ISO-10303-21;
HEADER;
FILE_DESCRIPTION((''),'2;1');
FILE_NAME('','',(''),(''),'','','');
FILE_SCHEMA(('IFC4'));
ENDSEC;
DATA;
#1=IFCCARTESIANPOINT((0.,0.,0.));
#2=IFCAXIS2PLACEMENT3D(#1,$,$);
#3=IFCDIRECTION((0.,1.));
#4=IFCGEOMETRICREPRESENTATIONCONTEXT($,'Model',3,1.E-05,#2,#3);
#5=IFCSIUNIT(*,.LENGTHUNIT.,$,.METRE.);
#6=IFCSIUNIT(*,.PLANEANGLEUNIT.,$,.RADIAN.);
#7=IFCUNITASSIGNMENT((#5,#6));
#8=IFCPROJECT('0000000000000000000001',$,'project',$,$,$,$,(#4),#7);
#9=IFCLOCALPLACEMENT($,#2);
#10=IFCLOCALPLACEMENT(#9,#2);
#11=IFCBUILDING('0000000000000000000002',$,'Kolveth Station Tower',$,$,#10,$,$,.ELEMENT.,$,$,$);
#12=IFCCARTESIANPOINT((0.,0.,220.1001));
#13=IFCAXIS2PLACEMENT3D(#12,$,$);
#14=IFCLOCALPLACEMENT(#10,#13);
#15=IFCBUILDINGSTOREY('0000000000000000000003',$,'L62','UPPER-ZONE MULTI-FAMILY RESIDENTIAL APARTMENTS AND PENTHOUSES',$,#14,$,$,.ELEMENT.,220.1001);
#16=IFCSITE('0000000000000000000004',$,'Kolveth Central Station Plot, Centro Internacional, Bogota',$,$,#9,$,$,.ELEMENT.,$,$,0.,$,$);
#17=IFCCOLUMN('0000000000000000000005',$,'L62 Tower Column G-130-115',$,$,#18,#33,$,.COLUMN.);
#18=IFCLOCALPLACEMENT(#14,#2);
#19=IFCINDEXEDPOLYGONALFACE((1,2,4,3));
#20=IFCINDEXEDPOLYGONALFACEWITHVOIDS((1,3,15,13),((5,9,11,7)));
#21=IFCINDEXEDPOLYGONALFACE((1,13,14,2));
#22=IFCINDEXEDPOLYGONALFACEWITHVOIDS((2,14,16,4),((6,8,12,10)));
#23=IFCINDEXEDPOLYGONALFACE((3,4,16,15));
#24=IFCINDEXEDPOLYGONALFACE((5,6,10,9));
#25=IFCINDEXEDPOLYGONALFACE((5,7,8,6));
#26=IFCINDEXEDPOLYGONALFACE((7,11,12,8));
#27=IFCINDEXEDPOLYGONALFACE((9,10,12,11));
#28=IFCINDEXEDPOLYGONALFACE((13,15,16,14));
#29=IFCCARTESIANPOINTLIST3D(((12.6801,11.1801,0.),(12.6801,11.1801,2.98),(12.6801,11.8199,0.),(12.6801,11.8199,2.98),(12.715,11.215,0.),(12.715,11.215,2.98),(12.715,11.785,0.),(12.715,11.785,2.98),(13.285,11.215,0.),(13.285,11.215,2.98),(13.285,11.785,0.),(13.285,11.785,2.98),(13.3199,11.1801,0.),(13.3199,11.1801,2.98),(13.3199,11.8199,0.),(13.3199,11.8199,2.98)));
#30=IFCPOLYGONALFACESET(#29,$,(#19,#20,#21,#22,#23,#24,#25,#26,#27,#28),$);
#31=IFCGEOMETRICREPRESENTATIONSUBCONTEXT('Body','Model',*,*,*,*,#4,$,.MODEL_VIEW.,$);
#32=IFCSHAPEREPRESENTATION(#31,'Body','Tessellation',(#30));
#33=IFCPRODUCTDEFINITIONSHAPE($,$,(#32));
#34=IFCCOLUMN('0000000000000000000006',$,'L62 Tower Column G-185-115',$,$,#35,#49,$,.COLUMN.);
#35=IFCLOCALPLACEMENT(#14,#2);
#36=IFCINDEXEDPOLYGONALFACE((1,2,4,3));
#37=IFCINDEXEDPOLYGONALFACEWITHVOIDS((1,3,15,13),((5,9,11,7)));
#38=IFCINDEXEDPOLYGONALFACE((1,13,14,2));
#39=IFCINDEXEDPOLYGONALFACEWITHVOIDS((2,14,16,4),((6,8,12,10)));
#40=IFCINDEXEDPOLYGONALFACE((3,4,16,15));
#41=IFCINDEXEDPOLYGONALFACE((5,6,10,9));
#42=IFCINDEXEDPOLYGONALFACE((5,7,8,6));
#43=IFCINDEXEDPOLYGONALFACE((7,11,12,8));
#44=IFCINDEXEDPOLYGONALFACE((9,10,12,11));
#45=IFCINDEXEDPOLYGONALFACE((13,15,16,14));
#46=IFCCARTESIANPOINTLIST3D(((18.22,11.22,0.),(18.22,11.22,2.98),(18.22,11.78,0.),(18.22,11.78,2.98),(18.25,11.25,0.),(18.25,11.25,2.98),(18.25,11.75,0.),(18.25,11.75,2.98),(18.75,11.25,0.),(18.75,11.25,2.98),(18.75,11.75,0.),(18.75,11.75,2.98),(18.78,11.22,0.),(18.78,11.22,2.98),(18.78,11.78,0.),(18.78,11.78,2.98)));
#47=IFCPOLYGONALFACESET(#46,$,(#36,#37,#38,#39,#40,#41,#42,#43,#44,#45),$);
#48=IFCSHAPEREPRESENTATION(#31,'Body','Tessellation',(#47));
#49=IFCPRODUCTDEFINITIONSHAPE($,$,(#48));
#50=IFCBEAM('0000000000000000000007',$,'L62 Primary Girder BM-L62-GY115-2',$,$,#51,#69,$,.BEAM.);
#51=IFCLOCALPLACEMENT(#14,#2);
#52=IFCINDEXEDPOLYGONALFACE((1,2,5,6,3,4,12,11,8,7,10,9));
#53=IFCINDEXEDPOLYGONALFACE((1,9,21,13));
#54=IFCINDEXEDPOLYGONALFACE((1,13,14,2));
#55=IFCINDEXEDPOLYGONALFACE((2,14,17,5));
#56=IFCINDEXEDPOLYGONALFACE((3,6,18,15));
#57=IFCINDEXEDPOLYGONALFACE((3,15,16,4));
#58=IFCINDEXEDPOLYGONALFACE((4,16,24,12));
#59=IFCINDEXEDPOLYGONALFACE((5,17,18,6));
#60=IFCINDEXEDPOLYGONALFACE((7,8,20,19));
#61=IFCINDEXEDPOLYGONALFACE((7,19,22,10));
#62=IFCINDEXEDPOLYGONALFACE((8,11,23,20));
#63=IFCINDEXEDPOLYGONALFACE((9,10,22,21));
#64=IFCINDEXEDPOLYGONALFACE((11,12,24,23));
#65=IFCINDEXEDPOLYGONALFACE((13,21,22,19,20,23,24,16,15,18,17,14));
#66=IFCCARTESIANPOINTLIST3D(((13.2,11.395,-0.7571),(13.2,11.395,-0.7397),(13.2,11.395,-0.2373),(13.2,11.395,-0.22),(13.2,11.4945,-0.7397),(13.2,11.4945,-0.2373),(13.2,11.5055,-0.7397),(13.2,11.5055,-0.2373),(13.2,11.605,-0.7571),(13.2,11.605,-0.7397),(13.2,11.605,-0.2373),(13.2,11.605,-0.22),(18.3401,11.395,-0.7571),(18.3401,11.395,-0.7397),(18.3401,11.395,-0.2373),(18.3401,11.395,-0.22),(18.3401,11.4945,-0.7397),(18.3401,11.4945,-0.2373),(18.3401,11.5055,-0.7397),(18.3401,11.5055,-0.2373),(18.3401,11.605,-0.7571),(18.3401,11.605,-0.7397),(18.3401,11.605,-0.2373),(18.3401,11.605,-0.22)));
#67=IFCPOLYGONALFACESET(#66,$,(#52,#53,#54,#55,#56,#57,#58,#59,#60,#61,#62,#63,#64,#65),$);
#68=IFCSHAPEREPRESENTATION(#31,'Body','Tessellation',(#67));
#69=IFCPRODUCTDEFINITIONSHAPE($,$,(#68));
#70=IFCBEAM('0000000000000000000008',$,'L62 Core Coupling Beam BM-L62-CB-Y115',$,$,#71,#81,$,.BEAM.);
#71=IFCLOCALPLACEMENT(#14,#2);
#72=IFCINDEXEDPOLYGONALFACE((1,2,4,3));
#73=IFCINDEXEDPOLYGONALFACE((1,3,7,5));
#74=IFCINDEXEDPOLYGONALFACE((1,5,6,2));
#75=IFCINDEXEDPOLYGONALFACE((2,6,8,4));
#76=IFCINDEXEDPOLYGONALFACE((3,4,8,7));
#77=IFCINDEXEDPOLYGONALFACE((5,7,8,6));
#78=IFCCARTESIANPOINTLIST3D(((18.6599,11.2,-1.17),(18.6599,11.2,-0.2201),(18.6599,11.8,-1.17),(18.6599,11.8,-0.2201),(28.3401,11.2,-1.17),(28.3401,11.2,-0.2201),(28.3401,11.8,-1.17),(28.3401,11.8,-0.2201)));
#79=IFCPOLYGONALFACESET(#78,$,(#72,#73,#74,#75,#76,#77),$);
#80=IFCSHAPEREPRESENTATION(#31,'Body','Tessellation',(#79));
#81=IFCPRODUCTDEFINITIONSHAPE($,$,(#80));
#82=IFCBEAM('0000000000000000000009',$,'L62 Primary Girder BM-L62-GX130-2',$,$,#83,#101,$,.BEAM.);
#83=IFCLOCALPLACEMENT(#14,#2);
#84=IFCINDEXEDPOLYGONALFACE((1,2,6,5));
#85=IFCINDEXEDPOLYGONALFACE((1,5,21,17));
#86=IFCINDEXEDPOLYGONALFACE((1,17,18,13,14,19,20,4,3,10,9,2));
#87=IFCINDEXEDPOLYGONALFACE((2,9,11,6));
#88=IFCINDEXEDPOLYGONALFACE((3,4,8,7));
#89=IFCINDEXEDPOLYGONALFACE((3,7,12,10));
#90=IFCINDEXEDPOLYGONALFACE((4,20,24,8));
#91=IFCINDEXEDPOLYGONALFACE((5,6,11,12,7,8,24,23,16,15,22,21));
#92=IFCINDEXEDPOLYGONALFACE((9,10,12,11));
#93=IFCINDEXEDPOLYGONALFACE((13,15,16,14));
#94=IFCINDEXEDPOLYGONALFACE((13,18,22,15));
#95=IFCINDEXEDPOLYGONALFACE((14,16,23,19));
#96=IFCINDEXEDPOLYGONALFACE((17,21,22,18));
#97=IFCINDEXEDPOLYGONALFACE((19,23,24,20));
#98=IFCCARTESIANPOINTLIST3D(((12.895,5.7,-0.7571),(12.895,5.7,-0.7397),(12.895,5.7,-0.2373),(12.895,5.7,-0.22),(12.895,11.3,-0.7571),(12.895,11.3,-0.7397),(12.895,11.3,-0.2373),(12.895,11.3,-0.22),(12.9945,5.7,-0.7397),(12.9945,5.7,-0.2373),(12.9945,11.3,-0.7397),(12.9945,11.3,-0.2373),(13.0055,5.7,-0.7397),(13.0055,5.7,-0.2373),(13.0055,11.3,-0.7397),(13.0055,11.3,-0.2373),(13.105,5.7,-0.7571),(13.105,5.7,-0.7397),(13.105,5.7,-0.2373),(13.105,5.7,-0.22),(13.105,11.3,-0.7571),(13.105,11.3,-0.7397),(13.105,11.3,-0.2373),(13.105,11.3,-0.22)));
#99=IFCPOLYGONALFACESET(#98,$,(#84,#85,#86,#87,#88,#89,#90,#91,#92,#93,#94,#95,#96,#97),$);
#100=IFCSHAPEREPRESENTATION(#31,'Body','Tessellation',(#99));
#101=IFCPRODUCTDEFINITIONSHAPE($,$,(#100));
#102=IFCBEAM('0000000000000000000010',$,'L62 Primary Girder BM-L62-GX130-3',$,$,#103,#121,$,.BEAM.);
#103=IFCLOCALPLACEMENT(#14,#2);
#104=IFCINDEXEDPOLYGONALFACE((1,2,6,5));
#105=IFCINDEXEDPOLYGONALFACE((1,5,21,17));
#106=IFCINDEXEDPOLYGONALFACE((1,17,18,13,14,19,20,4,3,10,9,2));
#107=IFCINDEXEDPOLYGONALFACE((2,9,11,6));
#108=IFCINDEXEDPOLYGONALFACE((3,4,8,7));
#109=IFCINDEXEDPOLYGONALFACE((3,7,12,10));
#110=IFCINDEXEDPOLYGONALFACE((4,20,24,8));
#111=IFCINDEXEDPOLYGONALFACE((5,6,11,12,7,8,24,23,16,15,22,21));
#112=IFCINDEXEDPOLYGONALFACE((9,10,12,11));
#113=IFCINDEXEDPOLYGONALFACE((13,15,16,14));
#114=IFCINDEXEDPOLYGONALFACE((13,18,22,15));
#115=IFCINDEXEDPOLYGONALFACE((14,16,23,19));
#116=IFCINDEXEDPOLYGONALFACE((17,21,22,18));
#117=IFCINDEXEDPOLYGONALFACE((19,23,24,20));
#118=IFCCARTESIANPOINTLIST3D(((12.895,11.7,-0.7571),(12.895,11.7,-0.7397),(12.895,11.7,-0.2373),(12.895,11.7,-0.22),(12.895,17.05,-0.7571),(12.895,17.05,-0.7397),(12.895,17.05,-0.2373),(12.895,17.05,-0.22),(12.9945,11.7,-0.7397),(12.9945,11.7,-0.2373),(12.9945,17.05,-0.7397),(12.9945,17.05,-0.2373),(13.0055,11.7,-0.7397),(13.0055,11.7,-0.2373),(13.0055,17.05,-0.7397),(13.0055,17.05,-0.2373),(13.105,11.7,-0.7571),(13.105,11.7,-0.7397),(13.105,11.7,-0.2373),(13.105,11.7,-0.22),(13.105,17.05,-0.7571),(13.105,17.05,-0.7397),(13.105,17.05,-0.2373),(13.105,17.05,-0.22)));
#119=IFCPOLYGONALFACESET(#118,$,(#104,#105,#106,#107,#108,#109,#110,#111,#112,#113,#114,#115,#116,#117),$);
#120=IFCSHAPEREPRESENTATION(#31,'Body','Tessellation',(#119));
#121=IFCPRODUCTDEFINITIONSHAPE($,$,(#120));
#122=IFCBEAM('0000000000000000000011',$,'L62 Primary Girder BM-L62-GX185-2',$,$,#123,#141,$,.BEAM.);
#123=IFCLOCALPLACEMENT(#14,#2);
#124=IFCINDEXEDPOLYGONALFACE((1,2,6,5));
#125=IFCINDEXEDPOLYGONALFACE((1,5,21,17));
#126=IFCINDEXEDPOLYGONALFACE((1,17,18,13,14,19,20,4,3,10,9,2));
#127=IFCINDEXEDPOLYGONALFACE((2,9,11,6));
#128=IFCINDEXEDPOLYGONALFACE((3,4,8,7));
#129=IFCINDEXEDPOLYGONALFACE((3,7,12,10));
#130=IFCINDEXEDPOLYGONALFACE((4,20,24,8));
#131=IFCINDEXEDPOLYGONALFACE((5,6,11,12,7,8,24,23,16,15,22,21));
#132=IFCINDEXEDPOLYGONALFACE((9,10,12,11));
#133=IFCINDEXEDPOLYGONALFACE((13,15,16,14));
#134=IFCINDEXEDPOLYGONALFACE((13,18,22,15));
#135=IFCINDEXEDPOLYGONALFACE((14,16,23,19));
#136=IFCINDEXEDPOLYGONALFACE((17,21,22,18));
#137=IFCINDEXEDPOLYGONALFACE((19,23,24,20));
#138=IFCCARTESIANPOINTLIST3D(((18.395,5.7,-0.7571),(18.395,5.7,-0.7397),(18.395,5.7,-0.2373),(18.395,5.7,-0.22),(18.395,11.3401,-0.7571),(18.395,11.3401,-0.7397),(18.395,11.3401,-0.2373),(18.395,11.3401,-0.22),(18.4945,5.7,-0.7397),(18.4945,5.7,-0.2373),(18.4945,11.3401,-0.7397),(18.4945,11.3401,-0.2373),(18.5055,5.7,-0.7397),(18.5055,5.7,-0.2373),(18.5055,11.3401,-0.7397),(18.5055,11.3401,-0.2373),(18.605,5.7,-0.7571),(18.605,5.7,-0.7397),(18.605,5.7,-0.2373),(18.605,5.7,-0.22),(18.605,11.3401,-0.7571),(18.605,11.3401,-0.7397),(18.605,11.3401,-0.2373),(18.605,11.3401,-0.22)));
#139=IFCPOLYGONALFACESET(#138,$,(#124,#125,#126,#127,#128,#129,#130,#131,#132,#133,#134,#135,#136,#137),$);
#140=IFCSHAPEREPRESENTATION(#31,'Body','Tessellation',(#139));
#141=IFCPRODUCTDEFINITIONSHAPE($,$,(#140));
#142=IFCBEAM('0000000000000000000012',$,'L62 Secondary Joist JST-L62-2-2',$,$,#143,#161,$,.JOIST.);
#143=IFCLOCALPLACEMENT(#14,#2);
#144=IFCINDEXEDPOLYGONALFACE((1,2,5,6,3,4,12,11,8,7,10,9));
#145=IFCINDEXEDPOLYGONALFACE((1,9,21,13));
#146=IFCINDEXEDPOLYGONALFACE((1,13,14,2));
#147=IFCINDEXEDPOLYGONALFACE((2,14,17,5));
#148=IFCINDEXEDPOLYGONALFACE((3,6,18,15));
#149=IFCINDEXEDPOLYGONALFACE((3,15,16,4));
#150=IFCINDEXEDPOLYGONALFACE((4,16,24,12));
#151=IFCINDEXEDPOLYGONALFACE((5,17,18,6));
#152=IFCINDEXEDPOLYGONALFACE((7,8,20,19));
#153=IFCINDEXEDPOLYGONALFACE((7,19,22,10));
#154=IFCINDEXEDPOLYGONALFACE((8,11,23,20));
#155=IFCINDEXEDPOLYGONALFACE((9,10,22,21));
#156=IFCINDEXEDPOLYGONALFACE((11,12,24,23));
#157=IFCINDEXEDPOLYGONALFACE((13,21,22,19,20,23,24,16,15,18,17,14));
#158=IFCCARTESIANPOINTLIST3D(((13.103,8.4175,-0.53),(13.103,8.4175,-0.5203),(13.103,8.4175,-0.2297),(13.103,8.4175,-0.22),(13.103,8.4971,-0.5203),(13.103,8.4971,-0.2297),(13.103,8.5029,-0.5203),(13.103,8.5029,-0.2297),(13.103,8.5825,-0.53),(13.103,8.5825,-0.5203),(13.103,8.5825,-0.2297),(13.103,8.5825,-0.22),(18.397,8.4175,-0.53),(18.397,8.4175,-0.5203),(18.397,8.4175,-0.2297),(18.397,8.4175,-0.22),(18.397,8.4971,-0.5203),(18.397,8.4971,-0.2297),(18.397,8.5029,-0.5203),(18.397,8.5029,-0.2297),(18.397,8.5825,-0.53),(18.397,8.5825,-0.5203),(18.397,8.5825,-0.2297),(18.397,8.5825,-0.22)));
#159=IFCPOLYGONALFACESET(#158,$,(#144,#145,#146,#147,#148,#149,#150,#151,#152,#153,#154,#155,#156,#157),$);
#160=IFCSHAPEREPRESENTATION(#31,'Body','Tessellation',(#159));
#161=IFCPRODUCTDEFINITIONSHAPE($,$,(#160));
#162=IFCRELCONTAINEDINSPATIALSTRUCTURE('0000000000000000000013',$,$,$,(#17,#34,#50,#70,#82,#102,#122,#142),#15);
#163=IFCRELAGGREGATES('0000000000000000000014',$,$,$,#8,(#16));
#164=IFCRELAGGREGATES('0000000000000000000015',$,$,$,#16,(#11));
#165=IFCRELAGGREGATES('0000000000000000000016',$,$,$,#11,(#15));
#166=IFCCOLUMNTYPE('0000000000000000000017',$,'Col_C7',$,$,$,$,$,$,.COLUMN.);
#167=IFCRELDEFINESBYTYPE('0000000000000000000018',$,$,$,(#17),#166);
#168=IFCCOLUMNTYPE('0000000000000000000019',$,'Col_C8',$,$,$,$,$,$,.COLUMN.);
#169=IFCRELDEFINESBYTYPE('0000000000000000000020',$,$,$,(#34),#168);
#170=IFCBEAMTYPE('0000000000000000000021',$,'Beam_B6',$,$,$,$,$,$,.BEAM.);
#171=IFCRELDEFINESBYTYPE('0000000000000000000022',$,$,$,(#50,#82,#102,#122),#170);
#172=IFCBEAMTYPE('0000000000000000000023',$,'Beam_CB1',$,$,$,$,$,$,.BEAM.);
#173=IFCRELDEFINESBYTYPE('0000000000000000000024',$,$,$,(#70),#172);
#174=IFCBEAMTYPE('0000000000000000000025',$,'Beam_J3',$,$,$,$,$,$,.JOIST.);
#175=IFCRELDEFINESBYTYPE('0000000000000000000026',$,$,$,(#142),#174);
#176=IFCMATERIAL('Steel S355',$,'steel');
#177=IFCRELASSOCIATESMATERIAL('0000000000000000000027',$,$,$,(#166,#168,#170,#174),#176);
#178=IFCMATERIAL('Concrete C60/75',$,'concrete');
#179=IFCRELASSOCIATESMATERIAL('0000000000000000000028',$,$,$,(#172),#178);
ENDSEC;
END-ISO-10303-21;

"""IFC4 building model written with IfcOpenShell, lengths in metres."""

from ifc_helpers import new_model, si_unit, direction, frame, origin, origin_2d, place, context, subcontext, project, spatial, rectangle, hollow_rectangle, i_section, extrude, source, transform, mapped, material, material_profile, profile_set, type_object, element, save


model = new_model("IFC4")

# Units and contexts
model_context = context("Model", 3, precision=1e-05, world=origin(), true_north=direction((0.0, 1.0)))
body_context = subcontext(model_context, "Body", "Model", "MODEL_VIEW")
ifc_project = project(units=[si_unit("LENGTHUNIT", "METRE"), si_unit("PLANEANGLEUNIT", "RADIAN")], contexts=[model_context])

# Site, building, storey
site_placement = place(None, origin())
site = spatial("IfcSite", under=ifc_project, at=site_placement, Name="Kolveth Central Station Plot, Centro Internacional, Bogota", CompositionType="ELEMENT", RefElevation=0.0)
building_placement = place(site_placement, origin())
building = spatial("IfcBuilding", under=site, at=building_placement, Name="Kolveth Station Tower", CompositionType="ELEMENT")
storey_placement = place(building_placement, frame((0.0, 0.0, 220.1001)))
storey = spatial("IfcBuildingStorey", under=building, at=storey_placement, Name="L62", Description="UPPER-ZONE MULTI-FAMILY RESIDENTIAL APARTMENTS AND PENTHOUSES", CompositionType="ELEMENT", Elevation=220.1001)

# Columns
ifc_material_1 = material(Name="Steel S355", Category="steel")
ifc_material_profile_1 = material_profile(ifc_material_1, hollow_rectangle(XDim=0.6399, YDim=0.6399, WallThickness=0.0349, at=origin_2d()), Name="BOX640x640x35")
ifc_profile_set_1 = profile_set([ifc_material_profile_1], Name="Steel S355")
column_type_1 = type_object("IfcColumnType", Name="Col_C7", PredefinedType="COLUMN", material=ifc_profile_set_1)
shared_shape_1 = source(origin(), body_context, "Body", "SweptSolid", [
    extrude(hollow_rectangle(XDim=0.6399, YDim=0.6399, WallThickness=0.0349, at=origin_2d()), origin(), (0.0, 0.0, 1.0), 2.98),
])
column_1_placement = place(storey_placement, frame((13.0, 11.5, 0.0), z_axis=(0.0, 0.0, 1.0), x_axis=(1.0, 0.0, 0.0)))
element("IfcColumn", 1, at=column_1_placement, inside=storey, type_object=column_type_1, Name="L62 Tower Column G-130-115", PredefinedType="COLUMN", context=body_context, shape_type="MappedRepresentation", body=[
    mapped(shared_shape_1, transform((0.0, 0.0, 0.0), x_axis=(1.0, 0.0, 0.0), y_axis=(0.0, 1.0, 0.0), z_axis=(0.0, 0.0, 1.0), scale=1.0)),
])
ifc_material_profile_2 = material_profile(ifc_material_1, hollow_rectangle(XDim=0.5601, YDim=0.5601, WallThickness=0.03, at=origin_2d()), Name="BOX560x560x30")
ifc_profile_set_2 = profile_set([ifc_material_profile_2], Name="Steel S355")
column_type_2 = type_object("IfcColumnType", Name="Col_C8", PredefinedType="COLUMN", material=ifc_profile_set_2)
shared_shape_2 = source(origin(), body_context, "Body", "SweptSolid", [
    extrude(hollow_rectangle(XDim=0.5601, YDim=0.5601, WallThickness=0.03, at=origin_2d()), origin(), (0.0, 0.0, 1.0), 2.98),
])
column_2_placement = place(storey_placement, frame((18.5, 11.5, 0.0), z_axis=(0.0, 0.0, 1.0), x_axis=(1.0, 0.0, 0.0)))
element("IfcColumn", 2, at=column_2_placement, inside=storey, type_object=column_type_2, Name="L62 Tower Column G-185-115", PredefinedType="COLUMN", context=body_context, shape_type="MappedRepresentation", body=[
    mapped(shared_shape_2, transform((0.0, 0.0, 0.0), x_axis=(1.0, 0.0, 0.0), y_axis=(0.0, 1.0, 0.0), z_axis=(0.0, 0.0, 1.0), scale=1.0)),
])

# Beams
ifc_material_profile_3 = material_profile(ifc_material_1, i_section(OverallWidth=0.21, OverallDepth=0.5371, WebThickness=0.011, FlangeThickness=0.0173, at=origin_2d()), Name="W530x101")
ifc_profile_set_3 = profile_set([ifc_material_profile_3], Name="Steel S355")
beam_type_1 = type_object("IfcBeamType", Name="Beam_B6", PredefinedType="BEAM", material=ifc_profile_set_3)
shared_shape_3 = source(origin(), body_context, "Body", "SweptSolid", [
    extrude(i_section(OverallWidth=0.21, OverallDepth=0.5371, WebThickness=0.011, FlangeThickness=0.0173, at=origin_2d()), origin(), (0.0, 0.0, 1.0), 5.1401),
])
beam_1_placement = place(storey_placement, frame((13.2, 11.5, -0.4885), z_axis=(1.0, 0.0, 0.0), x_axis=(0.0, 1.0, 0.0)))
element("IfcBeam", 3, at=beam_1_placement, inside=storey, type_object=beam_type_1, Name="L62 Primary Girder BM-L62-GY115-2", PredefinedType="BEAM", context=body_context, shape_type="MappedRepresentation", body=[
    mapped(shared_shape_3, transform((0.0, 0.0, 0.0), x_axis=(1.0, 0.0, 0.0), y_axis=(0.0, 1.0, 0.0), z_axis=(0.0, 0.0, 1.0), scale=1.0)),
])
ifc_material_2 = material(Name="Concrete C60/75", Category="concrete")
ifc_material_profile_4 = material_profile(ifc_material_2, rectangle(XDim=0.6001, YDim=0.95, at=origin_2d()), Name="RC-600x950")
ifc_profile_set_4 = profile_set([ifc_material_profile_4], Name="Concrete C60/75")
beam_type_2 = type_object("IfcBeamType", Name="Beam_CB1", PredefinedType="BEAM", material=ifc_profile_set_4)
shared_shape_4 = source(origin(), body_context, "Body", "SweptSolid", [
    extrude(rectangle(XDim=0.6001, YDim=0.95, at=origin_2d()), origin(), (0.0, 0.0, 1.0), 9.6802),
])
beam_2_placement = place(storey_placement, frame((18.6599, 11.5, -0.6951), z_axis=(1.0, 0.0, 0.0), x_axis=(0.0, 1.0, 0.0)))
element("IfcBeam", 4, at=beam_2_placement, inside=storey, type_object=beam_type_2, Name="L62 Core Coupling Beam BM-L62-CB-Y115", PredefinedType="BEAM", context=body_context, shape_type="MappedRepresentation", body=[
    mapped(shared_shape_4, transform((0.0, 0.0, 0.0), x_axis=(1.0, 0.0, 0.0), y_axis=(0.0, 1.0, 0.0), z_axis=(0.0, 0.0, 1.0), scale=1.0)),
])
shared_shape_5 = source(origin(), body_context, "Body", "SweptSolid", [
    extrude(i_section(OverallWidth=0.21, OverallDepth=0.5371, WebThickness=0.011, FlangeThickness=0.0173, at=origin_2d()), origin(), (0.0, 0.0, 1.0), 5.6001),
])
beam_3_placement = place(storey_placement, frame((13.0, 5.7, -0.4885), z_axis=(0.0, 1.0, 0.0), x_axis=(-1.0, 0.0, 0.0)))
element("IfcBeam", 5, at=beam_3_placement, inside=storey, type_object=beam_type_1, Name="L62 Primary Girder BM-L62-GX130-2", PredefinedType="BEAM", context=body_context, shape_type="MappedRepresentation", body=[
    mapped(shared_shape_5, transform((0.0, 0.0, 0.0), x_axis=(1.0, 0.0, 0.0), y_axis=(0.0, 1.0, 0.0), z_axis=(0.0, 0.0, 1.0), scale=1.0)),
])
shared_shape_6 = source(origin(), body_context, "Body", "SweptSolid", [
    extrude(i_section(OverallWidth=0.21, OverallDepth=0.5371, WebThickness=0.011, FlangeThickness=0.0173, at=origin_2d()), origin(), (0.0, 0.0, 1.0), 5.3501),
])
beam_4_placement = place(storey_placement, frame((13.0, 11.7, -0.4885), z_axis=(0.0, 1.0, 0.0), x_axis=(-1.0, 0.0, 0.0)))
element("IfcBeam", 6, at=beam_4_placement, inside=storey, type_object=beam_type_1, Name="L62 Primary Girder BM-L62-GX130-3", PredefinedType="BEAM", context=body_context, shape_type="MappedRepresentation", body=[
    mapped(shared_shape_6, transform((0.0, 0.0, 0.0), x_axis=(1.0, 0.0, 0.0), y_axis=(0.0, 1.0, 0.0), z_axis=(0.0, 0.0, 1.0), scale=1.0)),
])
shared_shape_7 = source(origin(), body_context, "Body", "SweptSolid", [
    extrude(i_section(OverallWidth=0.21, OverallDepth=0.5371, WebThickness=0.011, FlangeThickness=0.0173, at=origin_2d()), origin(), (0.0, 0.0, 1.0), 5.6401),
])
beam_5_placement = place(storey_placement, frame((18.5, 5.7, -0.4885), z_axis=(0.0, 1.0, 0.0), x_axis=(-1.0, 0.0, 0.0)))
element("IfcBeam", 7, at=beam_5_placement, inside=storey, type_object=beam_type_1, Name="L62 Primary Girder BM-L62-GX185-2", PredefinedType="BEAM", context=body_context, shape_type="MappedRepresentation", body=[
    mapped(shared_shape_7, transform((0.0, 0.0, 0.0), x_axis=(1.0, 0.0, 0.0), y_axis=(0.0, 1.0, 0.0), z_axis=(0.0, 0.0, 1.0), scale=1.0)),
])
ifc_material_profile_5 = material_profile(ifc_material_1, i_section(OverallWidth=0.165, OverallDepth=0.3101, WebThickness=0.0059, FlangeThickness=0.0098, at=origin_2d()), Name="W310x39")
ifc_profile_set_5 = profile_set([ifc_material_profile_5], Name="Steel S355")
beam_type_3 = type_object("IfcBeamType", Name="Beam_J3", PredefinedType="JOIST", material=ifc_profile_set_5)
shared_shape_8 = source(origin(), body_context, "Body", "SweptSolid", [
    extrude(i_section(OverallWidth=0.165, OverallDepth=0.3101, WebThickness=0.0059, FlangeThickness=0.0098, at=origin_2d()), origin(), (0.0, 0.0, 1.0), 5.2939),
])
beam_6_placement = place(storey_placement, frame((13.103, 8.5, -0.375), z_axis=(1.0, 0.0, 0.0), x_axis=(0.0, 1.0, 0.0)))
element("IfcBeam", 8, at=beam_6_placement, inside=storey, type_object=beam_type_3, Name="L62 Secondary Joist JST-L62-2-2", PredefinedType="JOIST", context=body_context, shape_type="MappedRepresentation", body=[
    mapped(shared_shape_8, transform((0.0, 0.0, 0.0), x_axis=(1.0, 0.0, 0.0), y_axis=(0.0, 1.0, 0.0), z_axis=(0.0, 0.0, 1.0), scale=1.0)),
])

save(model, "model.ifc")
